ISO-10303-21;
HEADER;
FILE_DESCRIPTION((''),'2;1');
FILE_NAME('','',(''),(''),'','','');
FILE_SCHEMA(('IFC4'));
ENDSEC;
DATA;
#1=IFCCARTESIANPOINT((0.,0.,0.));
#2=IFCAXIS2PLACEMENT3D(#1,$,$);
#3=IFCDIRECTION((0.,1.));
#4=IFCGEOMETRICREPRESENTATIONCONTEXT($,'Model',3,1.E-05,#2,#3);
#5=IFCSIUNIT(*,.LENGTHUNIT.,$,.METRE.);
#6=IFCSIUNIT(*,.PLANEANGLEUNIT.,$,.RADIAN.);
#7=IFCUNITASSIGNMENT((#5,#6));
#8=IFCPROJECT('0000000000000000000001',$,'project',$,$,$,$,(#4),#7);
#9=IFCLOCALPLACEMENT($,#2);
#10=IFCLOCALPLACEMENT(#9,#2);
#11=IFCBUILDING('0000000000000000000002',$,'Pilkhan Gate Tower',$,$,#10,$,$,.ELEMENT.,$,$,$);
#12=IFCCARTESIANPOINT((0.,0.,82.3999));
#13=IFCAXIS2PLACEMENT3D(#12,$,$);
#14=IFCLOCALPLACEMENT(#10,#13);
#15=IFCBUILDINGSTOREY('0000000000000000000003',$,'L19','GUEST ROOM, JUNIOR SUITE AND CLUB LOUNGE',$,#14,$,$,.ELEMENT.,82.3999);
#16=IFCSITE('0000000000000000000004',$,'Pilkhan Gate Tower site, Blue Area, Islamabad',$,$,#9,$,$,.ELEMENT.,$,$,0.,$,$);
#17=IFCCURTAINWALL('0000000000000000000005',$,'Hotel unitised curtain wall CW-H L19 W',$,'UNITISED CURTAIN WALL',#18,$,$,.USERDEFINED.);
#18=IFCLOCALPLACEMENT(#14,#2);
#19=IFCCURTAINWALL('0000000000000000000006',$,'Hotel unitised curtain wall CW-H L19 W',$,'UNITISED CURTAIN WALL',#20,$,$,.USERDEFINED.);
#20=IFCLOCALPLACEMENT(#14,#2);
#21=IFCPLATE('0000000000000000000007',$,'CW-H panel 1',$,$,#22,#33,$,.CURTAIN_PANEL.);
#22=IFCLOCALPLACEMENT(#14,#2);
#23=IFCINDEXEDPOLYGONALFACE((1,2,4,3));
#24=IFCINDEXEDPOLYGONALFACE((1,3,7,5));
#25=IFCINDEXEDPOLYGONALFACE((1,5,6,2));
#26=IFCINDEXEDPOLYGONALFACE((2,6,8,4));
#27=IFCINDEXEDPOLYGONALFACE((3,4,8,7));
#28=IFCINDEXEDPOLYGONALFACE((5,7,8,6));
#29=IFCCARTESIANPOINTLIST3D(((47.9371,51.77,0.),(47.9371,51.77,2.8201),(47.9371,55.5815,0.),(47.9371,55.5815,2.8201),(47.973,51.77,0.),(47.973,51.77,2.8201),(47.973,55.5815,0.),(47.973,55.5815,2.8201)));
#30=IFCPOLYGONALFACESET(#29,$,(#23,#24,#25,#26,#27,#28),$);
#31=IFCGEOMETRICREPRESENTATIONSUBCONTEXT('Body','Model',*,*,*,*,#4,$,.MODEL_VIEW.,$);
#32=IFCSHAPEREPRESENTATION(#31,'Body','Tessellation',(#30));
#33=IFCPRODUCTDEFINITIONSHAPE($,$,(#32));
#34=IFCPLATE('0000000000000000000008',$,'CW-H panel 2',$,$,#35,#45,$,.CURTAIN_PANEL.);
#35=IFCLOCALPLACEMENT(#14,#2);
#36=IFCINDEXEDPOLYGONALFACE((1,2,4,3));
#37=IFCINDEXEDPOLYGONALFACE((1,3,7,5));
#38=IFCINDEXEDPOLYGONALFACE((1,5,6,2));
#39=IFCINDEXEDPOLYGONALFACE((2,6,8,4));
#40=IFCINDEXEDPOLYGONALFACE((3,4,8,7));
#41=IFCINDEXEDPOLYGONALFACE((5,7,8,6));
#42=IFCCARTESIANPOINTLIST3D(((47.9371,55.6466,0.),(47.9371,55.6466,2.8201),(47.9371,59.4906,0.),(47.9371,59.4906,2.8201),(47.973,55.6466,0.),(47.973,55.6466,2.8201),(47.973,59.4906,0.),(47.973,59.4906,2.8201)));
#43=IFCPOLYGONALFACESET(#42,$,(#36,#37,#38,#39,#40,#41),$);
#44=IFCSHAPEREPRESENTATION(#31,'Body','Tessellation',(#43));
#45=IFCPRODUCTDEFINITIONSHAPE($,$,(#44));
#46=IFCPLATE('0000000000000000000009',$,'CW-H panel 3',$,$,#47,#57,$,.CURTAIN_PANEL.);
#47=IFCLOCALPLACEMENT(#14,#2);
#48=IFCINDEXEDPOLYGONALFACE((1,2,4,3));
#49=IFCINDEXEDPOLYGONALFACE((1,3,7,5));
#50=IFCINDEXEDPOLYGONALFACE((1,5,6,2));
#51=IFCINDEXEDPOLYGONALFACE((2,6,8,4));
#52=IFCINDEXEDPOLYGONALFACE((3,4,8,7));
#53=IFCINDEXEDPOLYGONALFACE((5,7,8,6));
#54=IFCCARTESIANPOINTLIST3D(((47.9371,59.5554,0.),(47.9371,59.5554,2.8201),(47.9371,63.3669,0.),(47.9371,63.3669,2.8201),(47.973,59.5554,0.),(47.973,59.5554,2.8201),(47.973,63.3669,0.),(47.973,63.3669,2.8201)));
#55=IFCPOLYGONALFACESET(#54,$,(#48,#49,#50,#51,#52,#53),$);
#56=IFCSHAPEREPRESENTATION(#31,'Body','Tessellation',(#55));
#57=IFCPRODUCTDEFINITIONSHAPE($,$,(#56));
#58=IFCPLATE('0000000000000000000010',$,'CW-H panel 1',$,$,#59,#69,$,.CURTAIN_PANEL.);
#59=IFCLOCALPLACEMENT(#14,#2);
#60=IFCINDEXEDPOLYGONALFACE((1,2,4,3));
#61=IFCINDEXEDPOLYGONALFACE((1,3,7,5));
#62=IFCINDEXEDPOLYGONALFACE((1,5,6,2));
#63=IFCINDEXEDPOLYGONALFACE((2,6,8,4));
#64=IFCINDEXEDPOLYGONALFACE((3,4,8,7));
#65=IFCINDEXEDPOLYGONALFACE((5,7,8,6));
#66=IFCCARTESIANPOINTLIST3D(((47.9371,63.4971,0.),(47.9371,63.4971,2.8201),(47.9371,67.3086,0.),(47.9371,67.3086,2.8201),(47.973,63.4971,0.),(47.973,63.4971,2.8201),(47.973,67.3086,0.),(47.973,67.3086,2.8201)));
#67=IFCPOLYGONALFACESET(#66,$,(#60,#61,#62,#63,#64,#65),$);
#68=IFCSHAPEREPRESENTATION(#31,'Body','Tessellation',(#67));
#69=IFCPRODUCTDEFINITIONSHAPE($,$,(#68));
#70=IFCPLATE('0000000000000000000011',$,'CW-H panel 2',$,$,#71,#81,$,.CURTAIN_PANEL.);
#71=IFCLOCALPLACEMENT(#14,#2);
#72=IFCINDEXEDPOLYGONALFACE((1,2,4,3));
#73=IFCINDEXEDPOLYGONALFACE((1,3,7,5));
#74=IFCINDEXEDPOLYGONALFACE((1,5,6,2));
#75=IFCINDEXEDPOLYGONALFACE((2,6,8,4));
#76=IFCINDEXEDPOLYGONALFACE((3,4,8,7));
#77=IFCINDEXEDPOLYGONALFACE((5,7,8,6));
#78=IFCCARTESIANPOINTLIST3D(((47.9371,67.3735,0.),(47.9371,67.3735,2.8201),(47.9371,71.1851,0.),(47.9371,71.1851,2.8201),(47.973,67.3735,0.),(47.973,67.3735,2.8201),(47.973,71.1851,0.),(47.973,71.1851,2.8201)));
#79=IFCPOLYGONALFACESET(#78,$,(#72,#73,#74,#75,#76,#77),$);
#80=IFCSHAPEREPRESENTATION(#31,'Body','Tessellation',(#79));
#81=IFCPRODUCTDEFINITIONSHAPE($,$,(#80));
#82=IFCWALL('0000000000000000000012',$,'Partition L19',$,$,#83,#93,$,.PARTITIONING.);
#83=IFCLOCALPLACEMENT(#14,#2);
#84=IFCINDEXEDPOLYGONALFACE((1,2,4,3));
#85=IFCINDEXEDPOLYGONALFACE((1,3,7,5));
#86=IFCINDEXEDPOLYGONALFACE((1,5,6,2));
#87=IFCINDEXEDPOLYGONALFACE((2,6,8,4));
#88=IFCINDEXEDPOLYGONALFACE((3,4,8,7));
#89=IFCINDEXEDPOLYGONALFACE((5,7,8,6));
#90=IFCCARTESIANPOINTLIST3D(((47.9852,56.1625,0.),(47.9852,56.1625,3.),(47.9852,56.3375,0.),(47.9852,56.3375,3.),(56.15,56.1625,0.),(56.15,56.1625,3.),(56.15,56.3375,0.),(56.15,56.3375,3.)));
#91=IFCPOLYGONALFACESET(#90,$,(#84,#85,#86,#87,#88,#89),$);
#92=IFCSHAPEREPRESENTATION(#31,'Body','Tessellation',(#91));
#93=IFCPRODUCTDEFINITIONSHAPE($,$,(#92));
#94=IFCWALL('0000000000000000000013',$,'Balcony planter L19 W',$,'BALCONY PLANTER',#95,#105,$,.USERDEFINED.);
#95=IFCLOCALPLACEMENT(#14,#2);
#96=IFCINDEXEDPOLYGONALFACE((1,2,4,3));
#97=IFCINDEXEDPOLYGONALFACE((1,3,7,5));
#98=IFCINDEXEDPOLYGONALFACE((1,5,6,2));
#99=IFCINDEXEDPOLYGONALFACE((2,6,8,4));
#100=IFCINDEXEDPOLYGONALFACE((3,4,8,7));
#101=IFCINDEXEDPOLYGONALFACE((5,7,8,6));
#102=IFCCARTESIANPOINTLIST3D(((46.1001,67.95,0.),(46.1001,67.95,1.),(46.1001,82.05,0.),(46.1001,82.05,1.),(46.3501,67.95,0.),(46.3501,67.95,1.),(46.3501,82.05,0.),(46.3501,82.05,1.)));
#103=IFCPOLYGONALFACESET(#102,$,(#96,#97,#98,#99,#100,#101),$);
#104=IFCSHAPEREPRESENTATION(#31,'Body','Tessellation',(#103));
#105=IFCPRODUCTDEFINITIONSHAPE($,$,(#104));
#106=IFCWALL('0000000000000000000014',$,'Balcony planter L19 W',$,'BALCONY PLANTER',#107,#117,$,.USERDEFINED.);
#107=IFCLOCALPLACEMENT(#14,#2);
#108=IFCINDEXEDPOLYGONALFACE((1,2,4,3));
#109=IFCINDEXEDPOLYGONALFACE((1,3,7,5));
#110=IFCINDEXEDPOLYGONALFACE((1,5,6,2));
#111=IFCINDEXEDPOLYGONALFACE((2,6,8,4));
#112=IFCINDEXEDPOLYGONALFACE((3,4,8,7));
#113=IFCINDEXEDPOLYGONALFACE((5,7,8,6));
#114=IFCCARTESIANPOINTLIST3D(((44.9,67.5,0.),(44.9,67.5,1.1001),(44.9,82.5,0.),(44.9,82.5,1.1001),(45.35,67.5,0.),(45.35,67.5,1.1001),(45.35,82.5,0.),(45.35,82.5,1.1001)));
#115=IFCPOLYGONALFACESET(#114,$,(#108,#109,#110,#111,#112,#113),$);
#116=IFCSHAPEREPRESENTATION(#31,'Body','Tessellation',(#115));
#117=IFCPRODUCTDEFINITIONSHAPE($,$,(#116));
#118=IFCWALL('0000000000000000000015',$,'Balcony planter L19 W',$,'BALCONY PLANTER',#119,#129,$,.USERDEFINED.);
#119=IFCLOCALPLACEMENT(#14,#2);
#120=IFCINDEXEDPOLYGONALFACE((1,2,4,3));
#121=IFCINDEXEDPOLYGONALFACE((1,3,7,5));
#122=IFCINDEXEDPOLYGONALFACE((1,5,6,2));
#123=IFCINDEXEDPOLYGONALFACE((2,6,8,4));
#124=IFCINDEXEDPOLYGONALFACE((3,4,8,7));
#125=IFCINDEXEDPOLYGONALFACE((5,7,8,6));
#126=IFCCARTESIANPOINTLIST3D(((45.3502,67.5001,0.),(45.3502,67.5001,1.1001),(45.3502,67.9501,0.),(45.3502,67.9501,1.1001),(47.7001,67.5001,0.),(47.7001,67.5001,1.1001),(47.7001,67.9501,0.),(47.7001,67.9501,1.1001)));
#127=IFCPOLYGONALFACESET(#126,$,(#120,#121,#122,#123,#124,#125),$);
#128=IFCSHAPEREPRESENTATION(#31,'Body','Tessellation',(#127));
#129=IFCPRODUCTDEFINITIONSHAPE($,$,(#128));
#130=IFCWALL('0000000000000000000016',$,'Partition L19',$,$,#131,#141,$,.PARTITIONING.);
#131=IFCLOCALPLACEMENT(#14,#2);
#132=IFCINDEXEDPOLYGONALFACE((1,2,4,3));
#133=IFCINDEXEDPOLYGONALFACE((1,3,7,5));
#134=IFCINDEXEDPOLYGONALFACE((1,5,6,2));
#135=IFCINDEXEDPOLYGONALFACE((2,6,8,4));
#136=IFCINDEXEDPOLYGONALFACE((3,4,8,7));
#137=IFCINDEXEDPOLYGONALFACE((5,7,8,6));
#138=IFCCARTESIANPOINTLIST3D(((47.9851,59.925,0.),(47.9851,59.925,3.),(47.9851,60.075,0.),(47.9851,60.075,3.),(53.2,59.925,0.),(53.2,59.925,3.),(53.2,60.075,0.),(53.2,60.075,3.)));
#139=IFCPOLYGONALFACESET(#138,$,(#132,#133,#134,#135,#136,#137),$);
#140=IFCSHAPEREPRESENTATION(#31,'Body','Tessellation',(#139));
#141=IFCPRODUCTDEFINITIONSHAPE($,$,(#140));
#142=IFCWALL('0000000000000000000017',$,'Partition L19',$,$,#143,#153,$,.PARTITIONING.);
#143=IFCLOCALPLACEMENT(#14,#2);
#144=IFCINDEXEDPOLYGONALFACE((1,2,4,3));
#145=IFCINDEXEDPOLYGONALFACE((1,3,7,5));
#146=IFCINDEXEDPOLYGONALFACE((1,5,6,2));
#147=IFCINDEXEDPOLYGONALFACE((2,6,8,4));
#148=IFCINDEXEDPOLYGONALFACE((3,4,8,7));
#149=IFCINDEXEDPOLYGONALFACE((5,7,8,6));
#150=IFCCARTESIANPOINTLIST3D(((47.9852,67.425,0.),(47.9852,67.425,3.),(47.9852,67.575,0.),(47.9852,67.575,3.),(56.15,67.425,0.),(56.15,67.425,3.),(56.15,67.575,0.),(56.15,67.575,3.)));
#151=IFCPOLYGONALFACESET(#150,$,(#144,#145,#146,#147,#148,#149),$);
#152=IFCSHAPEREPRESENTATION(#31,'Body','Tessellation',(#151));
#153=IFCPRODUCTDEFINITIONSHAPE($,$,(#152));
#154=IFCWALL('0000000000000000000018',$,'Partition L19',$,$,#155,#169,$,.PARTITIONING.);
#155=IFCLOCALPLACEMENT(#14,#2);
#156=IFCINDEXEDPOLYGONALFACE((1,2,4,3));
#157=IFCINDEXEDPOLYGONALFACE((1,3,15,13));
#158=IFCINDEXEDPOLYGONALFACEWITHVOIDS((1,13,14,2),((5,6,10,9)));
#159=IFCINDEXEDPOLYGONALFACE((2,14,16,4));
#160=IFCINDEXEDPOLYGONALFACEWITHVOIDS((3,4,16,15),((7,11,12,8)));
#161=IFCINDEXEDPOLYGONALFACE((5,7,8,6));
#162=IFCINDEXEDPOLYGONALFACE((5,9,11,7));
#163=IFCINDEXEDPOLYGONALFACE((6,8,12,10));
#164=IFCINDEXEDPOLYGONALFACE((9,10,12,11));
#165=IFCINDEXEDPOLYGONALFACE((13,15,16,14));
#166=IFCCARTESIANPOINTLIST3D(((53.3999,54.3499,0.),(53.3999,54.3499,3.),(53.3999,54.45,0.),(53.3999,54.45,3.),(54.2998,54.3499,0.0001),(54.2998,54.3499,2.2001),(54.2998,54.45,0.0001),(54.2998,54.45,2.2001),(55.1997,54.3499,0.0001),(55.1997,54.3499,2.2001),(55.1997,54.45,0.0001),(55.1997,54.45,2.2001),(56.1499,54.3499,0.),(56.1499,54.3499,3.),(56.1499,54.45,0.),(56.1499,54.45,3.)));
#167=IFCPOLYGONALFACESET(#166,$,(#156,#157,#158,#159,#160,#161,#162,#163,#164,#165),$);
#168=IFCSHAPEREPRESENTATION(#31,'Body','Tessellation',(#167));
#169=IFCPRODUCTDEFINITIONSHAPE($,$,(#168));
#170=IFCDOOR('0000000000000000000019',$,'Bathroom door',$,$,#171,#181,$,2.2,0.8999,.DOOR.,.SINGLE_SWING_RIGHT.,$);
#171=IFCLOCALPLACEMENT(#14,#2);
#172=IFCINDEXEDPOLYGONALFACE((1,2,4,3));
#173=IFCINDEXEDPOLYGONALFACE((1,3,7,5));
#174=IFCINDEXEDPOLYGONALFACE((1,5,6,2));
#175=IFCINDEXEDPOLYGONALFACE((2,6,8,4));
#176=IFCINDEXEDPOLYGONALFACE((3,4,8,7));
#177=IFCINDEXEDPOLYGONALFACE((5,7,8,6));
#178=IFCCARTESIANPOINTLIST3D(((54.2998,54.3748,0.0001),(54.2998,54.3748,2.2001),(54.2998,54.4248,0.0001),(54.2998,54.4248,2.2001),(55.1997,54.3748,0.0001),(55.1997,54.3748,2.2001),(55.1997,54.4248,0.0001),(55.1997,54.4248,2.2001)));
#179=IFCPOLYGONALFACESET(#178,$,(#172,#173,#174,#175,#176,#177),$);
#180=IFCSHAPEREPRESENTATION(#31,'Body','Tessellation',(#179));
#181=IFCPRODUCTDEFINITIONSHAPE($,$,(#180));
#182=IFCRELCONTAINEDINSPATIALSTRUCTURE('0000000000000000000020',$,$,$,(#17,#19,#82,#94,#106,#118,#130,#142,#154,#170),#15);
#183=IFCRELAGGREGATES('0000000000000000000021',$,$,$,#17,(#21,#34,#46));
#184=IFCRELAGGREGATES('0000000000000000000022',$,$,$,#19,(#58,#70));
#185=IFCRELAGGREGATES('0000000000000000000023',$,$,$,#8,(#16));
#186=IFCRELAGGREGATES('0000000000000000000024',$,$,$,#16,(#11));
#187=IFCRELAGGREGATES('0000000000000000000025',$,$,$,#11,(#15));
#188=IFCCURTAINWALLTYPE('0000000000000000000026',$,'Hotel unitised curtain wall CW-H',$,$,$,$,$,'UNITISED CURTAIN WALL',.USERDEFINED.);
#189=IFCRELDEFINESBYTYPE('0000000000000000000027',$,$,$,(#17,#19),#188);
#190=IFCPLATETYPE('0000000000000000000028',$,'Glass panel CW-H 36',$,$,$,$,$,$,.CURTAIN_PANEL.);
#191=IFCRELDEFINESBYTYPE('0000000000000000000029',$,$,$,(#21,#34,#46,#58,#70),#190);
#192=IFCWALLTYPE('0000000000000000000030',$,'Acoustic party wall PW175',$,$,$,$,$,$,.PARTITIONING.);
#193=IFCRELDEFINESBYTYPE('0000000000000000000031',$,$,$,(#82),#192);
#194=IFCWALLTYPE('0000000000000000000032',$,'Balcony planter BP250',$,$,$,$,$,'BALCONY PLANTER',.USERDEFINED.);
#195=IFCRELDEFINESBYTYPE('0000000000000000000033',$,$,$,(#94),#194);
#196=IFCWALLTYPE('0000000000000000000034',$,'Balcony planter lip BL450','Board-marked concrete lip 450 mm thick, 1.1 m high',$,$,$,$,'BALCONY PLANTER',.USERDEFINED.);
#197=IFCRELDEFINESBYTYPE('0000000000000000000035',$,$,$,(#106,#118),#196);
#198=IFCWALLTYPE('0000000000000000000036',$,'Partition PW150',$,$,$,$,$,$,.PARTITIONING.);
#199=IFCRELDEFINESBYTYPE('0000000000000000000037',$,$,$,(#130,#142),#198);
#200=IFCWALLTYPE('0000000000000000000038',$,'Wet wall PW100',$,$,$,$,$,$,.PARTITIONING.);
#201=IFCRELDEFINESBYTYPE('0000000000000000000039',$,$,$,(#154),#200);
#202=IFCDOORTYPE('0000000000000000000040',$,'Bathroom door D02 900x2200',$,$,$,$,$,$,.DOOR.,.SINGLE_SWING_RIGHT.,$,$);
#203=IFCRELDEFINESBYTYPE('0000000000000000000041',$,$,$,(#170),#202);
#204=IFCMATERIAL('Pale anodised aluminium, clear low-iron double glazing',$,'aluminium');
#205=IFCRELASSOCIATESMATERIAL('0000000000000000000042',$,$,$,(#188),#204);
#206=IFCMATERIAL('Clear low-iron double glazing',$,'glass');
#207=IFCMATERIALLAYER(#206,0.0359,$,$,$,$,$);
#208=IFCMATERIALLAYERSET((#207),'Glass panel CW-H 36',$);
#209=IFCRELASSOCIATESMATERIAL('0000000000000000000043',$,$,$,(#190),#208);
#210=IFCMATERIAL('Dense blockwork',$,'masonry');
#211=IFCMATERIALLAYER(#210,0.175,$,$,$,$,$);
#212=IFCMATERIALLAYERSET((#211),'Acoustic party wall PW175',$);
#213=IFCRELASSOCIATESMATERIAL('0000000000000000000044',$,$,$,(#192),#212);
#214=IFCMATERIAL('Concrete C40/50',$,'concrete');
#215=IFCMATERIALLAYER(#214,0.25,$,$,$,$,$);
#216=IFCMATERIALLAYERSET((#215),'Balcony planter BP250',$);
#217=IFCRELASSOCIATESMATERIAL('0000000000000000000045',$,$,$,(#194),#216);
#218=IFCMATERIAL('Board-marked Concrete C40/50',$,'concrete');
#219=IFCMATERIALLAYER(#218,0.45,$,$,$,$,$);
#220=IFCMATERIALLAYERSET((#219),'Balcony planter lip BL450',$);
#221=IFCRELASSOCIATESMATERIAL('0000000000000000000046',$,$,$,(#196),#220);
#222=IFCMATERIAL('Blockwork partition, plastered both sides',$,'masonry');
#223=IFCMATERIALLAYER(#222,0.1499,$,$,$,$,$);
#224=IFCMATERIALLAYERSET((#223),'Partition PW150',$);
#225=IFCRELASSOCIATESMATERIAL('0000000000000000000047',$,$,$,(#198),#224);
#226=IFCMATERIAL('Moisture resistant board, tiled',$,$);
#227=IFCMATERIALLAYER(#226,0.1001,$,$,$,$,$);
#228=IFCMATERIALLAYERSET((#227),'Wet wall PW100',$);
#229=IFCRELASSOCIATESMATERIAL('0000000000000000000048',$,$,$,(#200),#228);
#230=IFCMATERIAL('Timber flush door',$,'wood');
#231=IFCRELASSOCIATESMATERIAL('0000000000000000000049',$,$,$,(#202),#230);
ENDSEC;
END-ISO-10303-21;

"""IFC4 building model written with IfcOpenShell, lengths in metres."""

from ifc_helpers import new_model, si_unit, direction, frame, frame_2d, origin, origin_2d, place, context, subcontext, project, spatial, rectangle, extrude, material, layer, layer_set, type_object, element, fill, aggregate, save


model = new_model("IFC4")

# Units and contexts
model_context = context("Model", 3, precision=1e-05, world=origin(), true_north=direction((0.0, 1.0)))
body_context = subcontext(model_context, "Body", "Model", "MODEL_VIEW")
ifc_project = project(units=[si_unit("LENGTHUNIT", "METRE"), si_unit("PLANEANGLEUNIT", "RADIAN")], contexts=[model_context])

# Site, building, storey
site_placement = place(None, origin())
site = spatial("IfcSite", under=ifc_project, at=site_placement, Name="Pilkhan Gate Tower site, Blue Area, Islamabad", CompositionType="ELEMENT", RefElevation=0.0)
building_placement = place(site_placement, origin())
building = spatial("IfcBuilding", under=site, at=building_placement, Name="Pilkhan Gate Tower", CompositionType="ELEMENT")
storey_placement = place(building_placement, frame((0.0, 0.0, 82.3999)))
storey = spatial("IfcBuildingStorey", under=building, at=storey_placement, Name="L19", Description="GUEST ROOM, JUNIOR SUITE AND CLUB LOUNGE", CompositionType="ELEMENT", Elevation=82.3999)

# Curtain walls
ifc_material_1 = material(Name="Pale anodised aluminium, clear low-iron double glazing", Category="aluminium")
curtain_wall_type = type_object("IfcCurtainWallType", Name="Hotel unitised curtain wall CW-H", ElementType="UNITISED CURTAIN WALL", PredefinedType="USERDEFINED", material=ifc_material_1)
curtain_wall_1_placement = place(storey_placement, origin())
curtain_wall_1 = element("IfcCurtainWall", 1, at=curtain_wall_1_placement, inside=storey, type_object=curtain_wall_type, Name="Hotel unitised curtain wall CW-H L19 W", ObjectType="UNITISED CURTAIN WALL", PredefinedType="USERDEFINED")
curtain_wall_2_placement = place(storey_placement, origin())
curtain_wall_2 = element("IfcCurtainWall", 2, at=curtain_wall_2_placement, inside=storey, type_object=curtain_wall_type, Name="Hotel unitised curtain wall CW-H L19 W", ObjectType="UNITISED CURTAIN WALL", PredefinedType="USERDEFINED")

# Plates
ifc_material_2 = material(Name="Clear low-iron double glazing", Category="glass")
ifc_layer_1 = layer(ifc_material_2, 0.0359)
ifc_layer_set_1 = layer_set([ifc_layer_1], Name="Glass panel CW-H 36")
plate_type = type_object("IfcPlateType", Name="Glass panel CW-H 36", PredefinedType="CURTAIN_PANEL", material=ifc_layer_set_1)
plate_1_placement = place(storey_placement, frame((47.9551, 53.6758, 0.0), z_axis=(0.0, 0.0, 1.0), x_axis=(0.0, 1.0, 0.0)))
plate_1 = element("IfcPlate", 3, at=plate_1_placement, type_object=plate_type, Name="CW-H panel 1", PredefinedType="CURTAIN_PANEL", context=body_context, shape_type="SweptSolid", body=[
    extrude(rectangle(XDim=3.8115, YDim=0.0359, at=origin_2d()), origin(), (0.0, 0.0, 1.0), 2.8201),
])
plate_2_placement = place(storey_placement, frame((47.9551, 57.5686, 0.0), z_axis=(0.0, 0.0, 1.0), x_axis=(0.0, 1.0, 0.0)))
plate_2 = element("IfcPlate", 4, at=plate_2_placement, type_object=plate_type, Name="CW-H panel 2", PredefinedType="CURTAIN_PANEL", context=body_context, shape_type="SweptSolid", body=[
    extrude(rectangle(XDim=3.844, YDim=0.0359, at=origin_2d()), origin(), (0.0, 0.0, 1.0), 2.8201),
])
plate_3_placement = place(storey_placement, frame((47.9551, 61.4612, 0.0), z_axis=(0.0, 0.0, 1.0), x_axis=(0.0, 1.0, 0.0)))
plate_3 = element("IfcPlate", 5, at=plate_3_placement, type_object=plate_type, Name="CW-H panel 3", PredefinedType="CURTAIN_PANEL", context=body_context, shape_type="SweptSolid", body=[
    extrude(rectangle(XDim=3.8115, YDim=0.0359, at=origin_2d()), origin(), (0.0, 0.0, 1.0), 2.8201),
])
aggregate(curtain_wall_1, [plate_1, plate_2, plate_3])
plate_4_placement = place(storey_placement, frame((47.9551, 65.4028, 0.0), z_axis=(0.0, 0.0, 1.0), x_axis=(0.0, 1.0, 0.0)))
plate_4 = element("IfcPlate", 6, at=plate_4_placement, type_object=plate_type, Name="CW-H panel 1", PredefinedType="CURTAIN_PANEL", context=body_context, shape_type="SweptSolid", body=[
    extrude(rectangle(XDim=3.8115, YDim=0.0359, at=origin_2d()), origin(), (0.0, 0.0, 1.0), 2.8201),
])
plate_5_placement = place(storey_placement, frame((47.9551, 69.2793, 0.0), z_axis=(0.0, 0.0, 1.0), x_axis=(0.0, 1.0, 0.0)))
plate_5 = element("IfcPlate", 7, at=plate_5_placement, type_object=plate_type, Name="CW-H panel 2", PredefinedType="CURTAIN_PANEL", context=body_context, shape_type="SweptSolid", body=[
    extrude(rectangle(XDim=3.8115, YDim=0.0359, at=origin_2d()), origin(), (0.0, 0.0, 1.0), 2.8201),
])
aggregate(curtain_wall_2, [plate_4, plate_5])

# Walls
ifc_material_3 = material(Name="Dense blockwork", Category="masonry")
ifc_layer_2 = layer(ifc_material_3, 0.175)
ifc_layer_set_2 = layer_set([ifc_layer_2], Name="Acoustic party wall PW175")
wall_type_1 = type_object("IfcWallType", Name="Acoustic party wall PW175", PredefinedType="PARTITIONING", material=ifc_layer_set_2)
wall_1_placement = place(storey_placement, frame((47.9851, 56.25, 0.0), z_axis=(0.0, 0.0, 1.0), x_axis=(1.0, 0.0, 0.0)))
element("IfcWall", 8, at=wall_1_placement, inside=storey, type_object=wall_type_1, Name="Partition L19", PredefinedType="PARTITIONING", context=body_context, shape_type="SweptSolid", body=[
    extrude(rectangle(XDim=8.1648, YDim=0.175, at=frame_2d((4.0825, 0.0))), origin(), (0.0, 0.0, 1.0), 3.0),
])
ifc_material_4 = material(Name="Concrete C40/50", Category="concrete")
ifc_layer_3 = layer(ifc_material_4, 0.25)
ifc_layer_set_3 = layer_set([ifc_layer_3], Name="Balcony planter BP250")
wall_type_2 = type_object("IfcWallType", Name="Balcony planter BP250", ElementType="BALCONY PLANTER", PredefinedType="USERDEFINED", material=ifc_layer_set_3)
wall_2_placement = place(storey_placement, frame((46.2251, 67.95, 0.0), z_axis=(0.0, 0.0, 1.0), x_axis=(0.0, 1.0, 0.0)))
element("IfcWall", 9, at=wall_2_placement, inside=storey, type_object=wall_type_2, Name="Balcony planter L19 W", ObjectType="BALCONY PLANTER", PredefinedType="USERDEFINED", context=body_context, shape_type="SweptSolid", body=[
    extrude(rectangle(XDim=14.1001, YDim=0.25, at=frame_2d((7.05, 0.0))), origin(), (0.0, 0.0, 1.0), 1.0),
])
ifc_material_5 = material(Name="Board-marked Concrete C40/50", Category="concrete")
ifc_layer_4 = layer(ifc_material_5, 0.45)
ifc_layer_set_4 = layer_set([ifc_layer_4], Name="Balcony planter lip BL450")
wall_type_3 = type_object("IfcWallType", Name="Balcony planter lip BL450", Description="Board-marked concrete lip 450 mm thick, 1.1 m high", ElementType="BALCONY PLANTER", PredefinedType="USERDEFINED", material=ifc_layer_set_4)
wall_3_placement = place(storey_placement, frame((45.125, 67.5, 0.0), z_axis=(0.0, 0.0, 1.0), x_axis=(0.0, 1.0, 0.0)))
element("IfcWall", 10, at=wall_3_placement, inside=storey, type_object=wall_type_3, Name="Balcony planter L19 W", ObjectType="BALCONY PLANTER", PredefinedType="USERDEFINED", context=body_context, shape_type="SweptSolid", body=[
    extrude(rectangle(XDim=15.0, YDim=0.45, at=frame_2d((7.5, 0.0))), origin(), (0.0, 0.0, 1.0), 1.1001),
])
wall_4_placement = place(storey_placement, frame((47.7, 67.7251, 0.0), z_axis=(0.0, 0.0, 1.0), x_axis=(-1.0, 0.0, 0.0)))
element("IfcWall", 11, at=wall_4_placement, inside=storey, type_object=wall_type_3, Name="Balcony planter L19 W", ObjectType="BALCONY PLANTER", PredefinedType="USERDEFINED", context=body_context, shape_type="SweptSolid", body=[
    extrude(rectangle(XDim=2.3499, YDim=0.45, at=frame_2d((1.1748, 0.0))), origin(), (0.0, 0.0, 1.0), 1.1001),
])
ifc_material_6 = material(Name="Blockwork partition, plastered both sides", Category="masonry")
ifc_layer_5 = layer(ifc_material_6, 0.1499)
ifc_layer_set_5 = layer_set([ifc_layer_5], Name="Partition PW150")
wall_type_4 = type_object("IfcWallType", Name="Partition PW150", PredefinedType="PARTITIONING", material=ifc_layer_set_5)
wall_5_placement = place(storey_placement, frame((47.9851, 60.0, 0.0), z_axis=(0.0, 0.0, 1.0), x_axis=(1.0, 0.0, 0.0)))
element("IfcWall", 12, at=wall_5_placement, inside=storey, type_object=wall_type_4, Name="Partition L19", PredefinedType="PARTITIONING", context=body_context, shape_type="SweptSolid", body=[
    extrude(rectangle(XDim=5.2148, YDim=0.1499, at=frame_2d((2.6074, 0.0))), origin(), (0.0, 0.0, 1.0), 3.0),
])
wall_6_placement = place(storey_placement, frame((47.9851, 67.5, 0.0), z_axis=(0.0, 0.0, 1.0), x_axis=(1.0, 0.0, 0.0)))
element("IfcWall", 13, at=wall_6_placement, inside=storey, type_object=wall_type_4, Name="Partition L19", PredefinedType="PARTITIONING", context=body_context, shape_type="SweptSolid", body=[
    extrude(rectangle(XDim=8.1648, YDim=0.1499, at=frame_2d((4.0825, 0.0))), origin(), (0.0, 0.0, 1.0), 3.0),
])

# Wall, opening, door
ifc_material_7 = material(Name="Moisture resistant board, tiled")
ifc_layer_6 = layer(ifc_material_7, 0.1001)
ifc_layer_set_6 = layer_set([ifc_layer_6], Name="Wet wall PW100")
wall_type_5 = type_object("IfcWallType", Name="Wet wall PW100", PredefinedType="PARTITIONING", material=ifc_layer_set_6)
wall_7_placement = place(storey_placement, frame((53.3999, 54.3999, 0.0), z_axis=(0.0, 0.0, 1.0), x_axis=(1.0, 0.0, 0.0)))
wall_7 = element("IfcWall", 14, at=wall_7_placement, inside=storey, type_object=wall_type_5, Name="Partition L19", PredefinedType="PARTITIONING", context=body_context, shape_type="SweptSolid", body=[
    extrude(rectangle(XDim=2.75, YDim=0.1001, at=frame_2d((1.375, 0.0))), origin(), (0.0, 0.0, 1.0), 3.0),
])
opening_1_placement = place(wall_7_placement, frame((0.8999, 0.0, 0.0)))
opening_1 = element("IfcOpeningElement", 15, at=opening_1_placement, cuts=wall_7, PredefinedType="OPENING", context=body_context, shape_type="SweptSolid", body=[
    extrude(rectangle(XDim=0.8999, YDim=2.2, at=frame_2d((0.45, 1.1001))), frame((0.0, 0.0601, 0.0), z_axis=(0.0, -1.0, 0.0), x_axis=(1.0, 0.0, 0.0)), (0.0, 0.0, 1.0), 0.1201),
])
ifc_material_8 = material(Name="Timber flush door", Category="wood")
door_type = type_object("IfcDoorType", Name="Bathroom door D02 900x2200", OperationType="SINGLE_SWING_RIGHT", PredefinedType="DOOR", material=ifc_material_8)
door_1_placement = place(opening_1_placement, origin())
door_1 = element("IfcDoor", 16, at=door_1_placement, inside=storey, type_object=door_type, Name="Bathroom door", OperationType="SINGLE_SWING_RIGHT", OverallHeight=2.2, OverallWidth=0.8999, PredefinedType="DOOR", context=body_context, shape_type="SweptSolid", body=[
    extrude(rectangle(XDim=0.8999, YDim=2.2, at=frame_2d((0.45, 1.1001))), frame((0.0, 0.0249, 0.0), z_axis=(0.0, -1.0, 0.0), x_axis=(1.0, 0.0, 0.0)), (0.0, 0.0, 1.0), 0.05),
])
fill(opening_1, door_1)

save(model, "model.ifc")
